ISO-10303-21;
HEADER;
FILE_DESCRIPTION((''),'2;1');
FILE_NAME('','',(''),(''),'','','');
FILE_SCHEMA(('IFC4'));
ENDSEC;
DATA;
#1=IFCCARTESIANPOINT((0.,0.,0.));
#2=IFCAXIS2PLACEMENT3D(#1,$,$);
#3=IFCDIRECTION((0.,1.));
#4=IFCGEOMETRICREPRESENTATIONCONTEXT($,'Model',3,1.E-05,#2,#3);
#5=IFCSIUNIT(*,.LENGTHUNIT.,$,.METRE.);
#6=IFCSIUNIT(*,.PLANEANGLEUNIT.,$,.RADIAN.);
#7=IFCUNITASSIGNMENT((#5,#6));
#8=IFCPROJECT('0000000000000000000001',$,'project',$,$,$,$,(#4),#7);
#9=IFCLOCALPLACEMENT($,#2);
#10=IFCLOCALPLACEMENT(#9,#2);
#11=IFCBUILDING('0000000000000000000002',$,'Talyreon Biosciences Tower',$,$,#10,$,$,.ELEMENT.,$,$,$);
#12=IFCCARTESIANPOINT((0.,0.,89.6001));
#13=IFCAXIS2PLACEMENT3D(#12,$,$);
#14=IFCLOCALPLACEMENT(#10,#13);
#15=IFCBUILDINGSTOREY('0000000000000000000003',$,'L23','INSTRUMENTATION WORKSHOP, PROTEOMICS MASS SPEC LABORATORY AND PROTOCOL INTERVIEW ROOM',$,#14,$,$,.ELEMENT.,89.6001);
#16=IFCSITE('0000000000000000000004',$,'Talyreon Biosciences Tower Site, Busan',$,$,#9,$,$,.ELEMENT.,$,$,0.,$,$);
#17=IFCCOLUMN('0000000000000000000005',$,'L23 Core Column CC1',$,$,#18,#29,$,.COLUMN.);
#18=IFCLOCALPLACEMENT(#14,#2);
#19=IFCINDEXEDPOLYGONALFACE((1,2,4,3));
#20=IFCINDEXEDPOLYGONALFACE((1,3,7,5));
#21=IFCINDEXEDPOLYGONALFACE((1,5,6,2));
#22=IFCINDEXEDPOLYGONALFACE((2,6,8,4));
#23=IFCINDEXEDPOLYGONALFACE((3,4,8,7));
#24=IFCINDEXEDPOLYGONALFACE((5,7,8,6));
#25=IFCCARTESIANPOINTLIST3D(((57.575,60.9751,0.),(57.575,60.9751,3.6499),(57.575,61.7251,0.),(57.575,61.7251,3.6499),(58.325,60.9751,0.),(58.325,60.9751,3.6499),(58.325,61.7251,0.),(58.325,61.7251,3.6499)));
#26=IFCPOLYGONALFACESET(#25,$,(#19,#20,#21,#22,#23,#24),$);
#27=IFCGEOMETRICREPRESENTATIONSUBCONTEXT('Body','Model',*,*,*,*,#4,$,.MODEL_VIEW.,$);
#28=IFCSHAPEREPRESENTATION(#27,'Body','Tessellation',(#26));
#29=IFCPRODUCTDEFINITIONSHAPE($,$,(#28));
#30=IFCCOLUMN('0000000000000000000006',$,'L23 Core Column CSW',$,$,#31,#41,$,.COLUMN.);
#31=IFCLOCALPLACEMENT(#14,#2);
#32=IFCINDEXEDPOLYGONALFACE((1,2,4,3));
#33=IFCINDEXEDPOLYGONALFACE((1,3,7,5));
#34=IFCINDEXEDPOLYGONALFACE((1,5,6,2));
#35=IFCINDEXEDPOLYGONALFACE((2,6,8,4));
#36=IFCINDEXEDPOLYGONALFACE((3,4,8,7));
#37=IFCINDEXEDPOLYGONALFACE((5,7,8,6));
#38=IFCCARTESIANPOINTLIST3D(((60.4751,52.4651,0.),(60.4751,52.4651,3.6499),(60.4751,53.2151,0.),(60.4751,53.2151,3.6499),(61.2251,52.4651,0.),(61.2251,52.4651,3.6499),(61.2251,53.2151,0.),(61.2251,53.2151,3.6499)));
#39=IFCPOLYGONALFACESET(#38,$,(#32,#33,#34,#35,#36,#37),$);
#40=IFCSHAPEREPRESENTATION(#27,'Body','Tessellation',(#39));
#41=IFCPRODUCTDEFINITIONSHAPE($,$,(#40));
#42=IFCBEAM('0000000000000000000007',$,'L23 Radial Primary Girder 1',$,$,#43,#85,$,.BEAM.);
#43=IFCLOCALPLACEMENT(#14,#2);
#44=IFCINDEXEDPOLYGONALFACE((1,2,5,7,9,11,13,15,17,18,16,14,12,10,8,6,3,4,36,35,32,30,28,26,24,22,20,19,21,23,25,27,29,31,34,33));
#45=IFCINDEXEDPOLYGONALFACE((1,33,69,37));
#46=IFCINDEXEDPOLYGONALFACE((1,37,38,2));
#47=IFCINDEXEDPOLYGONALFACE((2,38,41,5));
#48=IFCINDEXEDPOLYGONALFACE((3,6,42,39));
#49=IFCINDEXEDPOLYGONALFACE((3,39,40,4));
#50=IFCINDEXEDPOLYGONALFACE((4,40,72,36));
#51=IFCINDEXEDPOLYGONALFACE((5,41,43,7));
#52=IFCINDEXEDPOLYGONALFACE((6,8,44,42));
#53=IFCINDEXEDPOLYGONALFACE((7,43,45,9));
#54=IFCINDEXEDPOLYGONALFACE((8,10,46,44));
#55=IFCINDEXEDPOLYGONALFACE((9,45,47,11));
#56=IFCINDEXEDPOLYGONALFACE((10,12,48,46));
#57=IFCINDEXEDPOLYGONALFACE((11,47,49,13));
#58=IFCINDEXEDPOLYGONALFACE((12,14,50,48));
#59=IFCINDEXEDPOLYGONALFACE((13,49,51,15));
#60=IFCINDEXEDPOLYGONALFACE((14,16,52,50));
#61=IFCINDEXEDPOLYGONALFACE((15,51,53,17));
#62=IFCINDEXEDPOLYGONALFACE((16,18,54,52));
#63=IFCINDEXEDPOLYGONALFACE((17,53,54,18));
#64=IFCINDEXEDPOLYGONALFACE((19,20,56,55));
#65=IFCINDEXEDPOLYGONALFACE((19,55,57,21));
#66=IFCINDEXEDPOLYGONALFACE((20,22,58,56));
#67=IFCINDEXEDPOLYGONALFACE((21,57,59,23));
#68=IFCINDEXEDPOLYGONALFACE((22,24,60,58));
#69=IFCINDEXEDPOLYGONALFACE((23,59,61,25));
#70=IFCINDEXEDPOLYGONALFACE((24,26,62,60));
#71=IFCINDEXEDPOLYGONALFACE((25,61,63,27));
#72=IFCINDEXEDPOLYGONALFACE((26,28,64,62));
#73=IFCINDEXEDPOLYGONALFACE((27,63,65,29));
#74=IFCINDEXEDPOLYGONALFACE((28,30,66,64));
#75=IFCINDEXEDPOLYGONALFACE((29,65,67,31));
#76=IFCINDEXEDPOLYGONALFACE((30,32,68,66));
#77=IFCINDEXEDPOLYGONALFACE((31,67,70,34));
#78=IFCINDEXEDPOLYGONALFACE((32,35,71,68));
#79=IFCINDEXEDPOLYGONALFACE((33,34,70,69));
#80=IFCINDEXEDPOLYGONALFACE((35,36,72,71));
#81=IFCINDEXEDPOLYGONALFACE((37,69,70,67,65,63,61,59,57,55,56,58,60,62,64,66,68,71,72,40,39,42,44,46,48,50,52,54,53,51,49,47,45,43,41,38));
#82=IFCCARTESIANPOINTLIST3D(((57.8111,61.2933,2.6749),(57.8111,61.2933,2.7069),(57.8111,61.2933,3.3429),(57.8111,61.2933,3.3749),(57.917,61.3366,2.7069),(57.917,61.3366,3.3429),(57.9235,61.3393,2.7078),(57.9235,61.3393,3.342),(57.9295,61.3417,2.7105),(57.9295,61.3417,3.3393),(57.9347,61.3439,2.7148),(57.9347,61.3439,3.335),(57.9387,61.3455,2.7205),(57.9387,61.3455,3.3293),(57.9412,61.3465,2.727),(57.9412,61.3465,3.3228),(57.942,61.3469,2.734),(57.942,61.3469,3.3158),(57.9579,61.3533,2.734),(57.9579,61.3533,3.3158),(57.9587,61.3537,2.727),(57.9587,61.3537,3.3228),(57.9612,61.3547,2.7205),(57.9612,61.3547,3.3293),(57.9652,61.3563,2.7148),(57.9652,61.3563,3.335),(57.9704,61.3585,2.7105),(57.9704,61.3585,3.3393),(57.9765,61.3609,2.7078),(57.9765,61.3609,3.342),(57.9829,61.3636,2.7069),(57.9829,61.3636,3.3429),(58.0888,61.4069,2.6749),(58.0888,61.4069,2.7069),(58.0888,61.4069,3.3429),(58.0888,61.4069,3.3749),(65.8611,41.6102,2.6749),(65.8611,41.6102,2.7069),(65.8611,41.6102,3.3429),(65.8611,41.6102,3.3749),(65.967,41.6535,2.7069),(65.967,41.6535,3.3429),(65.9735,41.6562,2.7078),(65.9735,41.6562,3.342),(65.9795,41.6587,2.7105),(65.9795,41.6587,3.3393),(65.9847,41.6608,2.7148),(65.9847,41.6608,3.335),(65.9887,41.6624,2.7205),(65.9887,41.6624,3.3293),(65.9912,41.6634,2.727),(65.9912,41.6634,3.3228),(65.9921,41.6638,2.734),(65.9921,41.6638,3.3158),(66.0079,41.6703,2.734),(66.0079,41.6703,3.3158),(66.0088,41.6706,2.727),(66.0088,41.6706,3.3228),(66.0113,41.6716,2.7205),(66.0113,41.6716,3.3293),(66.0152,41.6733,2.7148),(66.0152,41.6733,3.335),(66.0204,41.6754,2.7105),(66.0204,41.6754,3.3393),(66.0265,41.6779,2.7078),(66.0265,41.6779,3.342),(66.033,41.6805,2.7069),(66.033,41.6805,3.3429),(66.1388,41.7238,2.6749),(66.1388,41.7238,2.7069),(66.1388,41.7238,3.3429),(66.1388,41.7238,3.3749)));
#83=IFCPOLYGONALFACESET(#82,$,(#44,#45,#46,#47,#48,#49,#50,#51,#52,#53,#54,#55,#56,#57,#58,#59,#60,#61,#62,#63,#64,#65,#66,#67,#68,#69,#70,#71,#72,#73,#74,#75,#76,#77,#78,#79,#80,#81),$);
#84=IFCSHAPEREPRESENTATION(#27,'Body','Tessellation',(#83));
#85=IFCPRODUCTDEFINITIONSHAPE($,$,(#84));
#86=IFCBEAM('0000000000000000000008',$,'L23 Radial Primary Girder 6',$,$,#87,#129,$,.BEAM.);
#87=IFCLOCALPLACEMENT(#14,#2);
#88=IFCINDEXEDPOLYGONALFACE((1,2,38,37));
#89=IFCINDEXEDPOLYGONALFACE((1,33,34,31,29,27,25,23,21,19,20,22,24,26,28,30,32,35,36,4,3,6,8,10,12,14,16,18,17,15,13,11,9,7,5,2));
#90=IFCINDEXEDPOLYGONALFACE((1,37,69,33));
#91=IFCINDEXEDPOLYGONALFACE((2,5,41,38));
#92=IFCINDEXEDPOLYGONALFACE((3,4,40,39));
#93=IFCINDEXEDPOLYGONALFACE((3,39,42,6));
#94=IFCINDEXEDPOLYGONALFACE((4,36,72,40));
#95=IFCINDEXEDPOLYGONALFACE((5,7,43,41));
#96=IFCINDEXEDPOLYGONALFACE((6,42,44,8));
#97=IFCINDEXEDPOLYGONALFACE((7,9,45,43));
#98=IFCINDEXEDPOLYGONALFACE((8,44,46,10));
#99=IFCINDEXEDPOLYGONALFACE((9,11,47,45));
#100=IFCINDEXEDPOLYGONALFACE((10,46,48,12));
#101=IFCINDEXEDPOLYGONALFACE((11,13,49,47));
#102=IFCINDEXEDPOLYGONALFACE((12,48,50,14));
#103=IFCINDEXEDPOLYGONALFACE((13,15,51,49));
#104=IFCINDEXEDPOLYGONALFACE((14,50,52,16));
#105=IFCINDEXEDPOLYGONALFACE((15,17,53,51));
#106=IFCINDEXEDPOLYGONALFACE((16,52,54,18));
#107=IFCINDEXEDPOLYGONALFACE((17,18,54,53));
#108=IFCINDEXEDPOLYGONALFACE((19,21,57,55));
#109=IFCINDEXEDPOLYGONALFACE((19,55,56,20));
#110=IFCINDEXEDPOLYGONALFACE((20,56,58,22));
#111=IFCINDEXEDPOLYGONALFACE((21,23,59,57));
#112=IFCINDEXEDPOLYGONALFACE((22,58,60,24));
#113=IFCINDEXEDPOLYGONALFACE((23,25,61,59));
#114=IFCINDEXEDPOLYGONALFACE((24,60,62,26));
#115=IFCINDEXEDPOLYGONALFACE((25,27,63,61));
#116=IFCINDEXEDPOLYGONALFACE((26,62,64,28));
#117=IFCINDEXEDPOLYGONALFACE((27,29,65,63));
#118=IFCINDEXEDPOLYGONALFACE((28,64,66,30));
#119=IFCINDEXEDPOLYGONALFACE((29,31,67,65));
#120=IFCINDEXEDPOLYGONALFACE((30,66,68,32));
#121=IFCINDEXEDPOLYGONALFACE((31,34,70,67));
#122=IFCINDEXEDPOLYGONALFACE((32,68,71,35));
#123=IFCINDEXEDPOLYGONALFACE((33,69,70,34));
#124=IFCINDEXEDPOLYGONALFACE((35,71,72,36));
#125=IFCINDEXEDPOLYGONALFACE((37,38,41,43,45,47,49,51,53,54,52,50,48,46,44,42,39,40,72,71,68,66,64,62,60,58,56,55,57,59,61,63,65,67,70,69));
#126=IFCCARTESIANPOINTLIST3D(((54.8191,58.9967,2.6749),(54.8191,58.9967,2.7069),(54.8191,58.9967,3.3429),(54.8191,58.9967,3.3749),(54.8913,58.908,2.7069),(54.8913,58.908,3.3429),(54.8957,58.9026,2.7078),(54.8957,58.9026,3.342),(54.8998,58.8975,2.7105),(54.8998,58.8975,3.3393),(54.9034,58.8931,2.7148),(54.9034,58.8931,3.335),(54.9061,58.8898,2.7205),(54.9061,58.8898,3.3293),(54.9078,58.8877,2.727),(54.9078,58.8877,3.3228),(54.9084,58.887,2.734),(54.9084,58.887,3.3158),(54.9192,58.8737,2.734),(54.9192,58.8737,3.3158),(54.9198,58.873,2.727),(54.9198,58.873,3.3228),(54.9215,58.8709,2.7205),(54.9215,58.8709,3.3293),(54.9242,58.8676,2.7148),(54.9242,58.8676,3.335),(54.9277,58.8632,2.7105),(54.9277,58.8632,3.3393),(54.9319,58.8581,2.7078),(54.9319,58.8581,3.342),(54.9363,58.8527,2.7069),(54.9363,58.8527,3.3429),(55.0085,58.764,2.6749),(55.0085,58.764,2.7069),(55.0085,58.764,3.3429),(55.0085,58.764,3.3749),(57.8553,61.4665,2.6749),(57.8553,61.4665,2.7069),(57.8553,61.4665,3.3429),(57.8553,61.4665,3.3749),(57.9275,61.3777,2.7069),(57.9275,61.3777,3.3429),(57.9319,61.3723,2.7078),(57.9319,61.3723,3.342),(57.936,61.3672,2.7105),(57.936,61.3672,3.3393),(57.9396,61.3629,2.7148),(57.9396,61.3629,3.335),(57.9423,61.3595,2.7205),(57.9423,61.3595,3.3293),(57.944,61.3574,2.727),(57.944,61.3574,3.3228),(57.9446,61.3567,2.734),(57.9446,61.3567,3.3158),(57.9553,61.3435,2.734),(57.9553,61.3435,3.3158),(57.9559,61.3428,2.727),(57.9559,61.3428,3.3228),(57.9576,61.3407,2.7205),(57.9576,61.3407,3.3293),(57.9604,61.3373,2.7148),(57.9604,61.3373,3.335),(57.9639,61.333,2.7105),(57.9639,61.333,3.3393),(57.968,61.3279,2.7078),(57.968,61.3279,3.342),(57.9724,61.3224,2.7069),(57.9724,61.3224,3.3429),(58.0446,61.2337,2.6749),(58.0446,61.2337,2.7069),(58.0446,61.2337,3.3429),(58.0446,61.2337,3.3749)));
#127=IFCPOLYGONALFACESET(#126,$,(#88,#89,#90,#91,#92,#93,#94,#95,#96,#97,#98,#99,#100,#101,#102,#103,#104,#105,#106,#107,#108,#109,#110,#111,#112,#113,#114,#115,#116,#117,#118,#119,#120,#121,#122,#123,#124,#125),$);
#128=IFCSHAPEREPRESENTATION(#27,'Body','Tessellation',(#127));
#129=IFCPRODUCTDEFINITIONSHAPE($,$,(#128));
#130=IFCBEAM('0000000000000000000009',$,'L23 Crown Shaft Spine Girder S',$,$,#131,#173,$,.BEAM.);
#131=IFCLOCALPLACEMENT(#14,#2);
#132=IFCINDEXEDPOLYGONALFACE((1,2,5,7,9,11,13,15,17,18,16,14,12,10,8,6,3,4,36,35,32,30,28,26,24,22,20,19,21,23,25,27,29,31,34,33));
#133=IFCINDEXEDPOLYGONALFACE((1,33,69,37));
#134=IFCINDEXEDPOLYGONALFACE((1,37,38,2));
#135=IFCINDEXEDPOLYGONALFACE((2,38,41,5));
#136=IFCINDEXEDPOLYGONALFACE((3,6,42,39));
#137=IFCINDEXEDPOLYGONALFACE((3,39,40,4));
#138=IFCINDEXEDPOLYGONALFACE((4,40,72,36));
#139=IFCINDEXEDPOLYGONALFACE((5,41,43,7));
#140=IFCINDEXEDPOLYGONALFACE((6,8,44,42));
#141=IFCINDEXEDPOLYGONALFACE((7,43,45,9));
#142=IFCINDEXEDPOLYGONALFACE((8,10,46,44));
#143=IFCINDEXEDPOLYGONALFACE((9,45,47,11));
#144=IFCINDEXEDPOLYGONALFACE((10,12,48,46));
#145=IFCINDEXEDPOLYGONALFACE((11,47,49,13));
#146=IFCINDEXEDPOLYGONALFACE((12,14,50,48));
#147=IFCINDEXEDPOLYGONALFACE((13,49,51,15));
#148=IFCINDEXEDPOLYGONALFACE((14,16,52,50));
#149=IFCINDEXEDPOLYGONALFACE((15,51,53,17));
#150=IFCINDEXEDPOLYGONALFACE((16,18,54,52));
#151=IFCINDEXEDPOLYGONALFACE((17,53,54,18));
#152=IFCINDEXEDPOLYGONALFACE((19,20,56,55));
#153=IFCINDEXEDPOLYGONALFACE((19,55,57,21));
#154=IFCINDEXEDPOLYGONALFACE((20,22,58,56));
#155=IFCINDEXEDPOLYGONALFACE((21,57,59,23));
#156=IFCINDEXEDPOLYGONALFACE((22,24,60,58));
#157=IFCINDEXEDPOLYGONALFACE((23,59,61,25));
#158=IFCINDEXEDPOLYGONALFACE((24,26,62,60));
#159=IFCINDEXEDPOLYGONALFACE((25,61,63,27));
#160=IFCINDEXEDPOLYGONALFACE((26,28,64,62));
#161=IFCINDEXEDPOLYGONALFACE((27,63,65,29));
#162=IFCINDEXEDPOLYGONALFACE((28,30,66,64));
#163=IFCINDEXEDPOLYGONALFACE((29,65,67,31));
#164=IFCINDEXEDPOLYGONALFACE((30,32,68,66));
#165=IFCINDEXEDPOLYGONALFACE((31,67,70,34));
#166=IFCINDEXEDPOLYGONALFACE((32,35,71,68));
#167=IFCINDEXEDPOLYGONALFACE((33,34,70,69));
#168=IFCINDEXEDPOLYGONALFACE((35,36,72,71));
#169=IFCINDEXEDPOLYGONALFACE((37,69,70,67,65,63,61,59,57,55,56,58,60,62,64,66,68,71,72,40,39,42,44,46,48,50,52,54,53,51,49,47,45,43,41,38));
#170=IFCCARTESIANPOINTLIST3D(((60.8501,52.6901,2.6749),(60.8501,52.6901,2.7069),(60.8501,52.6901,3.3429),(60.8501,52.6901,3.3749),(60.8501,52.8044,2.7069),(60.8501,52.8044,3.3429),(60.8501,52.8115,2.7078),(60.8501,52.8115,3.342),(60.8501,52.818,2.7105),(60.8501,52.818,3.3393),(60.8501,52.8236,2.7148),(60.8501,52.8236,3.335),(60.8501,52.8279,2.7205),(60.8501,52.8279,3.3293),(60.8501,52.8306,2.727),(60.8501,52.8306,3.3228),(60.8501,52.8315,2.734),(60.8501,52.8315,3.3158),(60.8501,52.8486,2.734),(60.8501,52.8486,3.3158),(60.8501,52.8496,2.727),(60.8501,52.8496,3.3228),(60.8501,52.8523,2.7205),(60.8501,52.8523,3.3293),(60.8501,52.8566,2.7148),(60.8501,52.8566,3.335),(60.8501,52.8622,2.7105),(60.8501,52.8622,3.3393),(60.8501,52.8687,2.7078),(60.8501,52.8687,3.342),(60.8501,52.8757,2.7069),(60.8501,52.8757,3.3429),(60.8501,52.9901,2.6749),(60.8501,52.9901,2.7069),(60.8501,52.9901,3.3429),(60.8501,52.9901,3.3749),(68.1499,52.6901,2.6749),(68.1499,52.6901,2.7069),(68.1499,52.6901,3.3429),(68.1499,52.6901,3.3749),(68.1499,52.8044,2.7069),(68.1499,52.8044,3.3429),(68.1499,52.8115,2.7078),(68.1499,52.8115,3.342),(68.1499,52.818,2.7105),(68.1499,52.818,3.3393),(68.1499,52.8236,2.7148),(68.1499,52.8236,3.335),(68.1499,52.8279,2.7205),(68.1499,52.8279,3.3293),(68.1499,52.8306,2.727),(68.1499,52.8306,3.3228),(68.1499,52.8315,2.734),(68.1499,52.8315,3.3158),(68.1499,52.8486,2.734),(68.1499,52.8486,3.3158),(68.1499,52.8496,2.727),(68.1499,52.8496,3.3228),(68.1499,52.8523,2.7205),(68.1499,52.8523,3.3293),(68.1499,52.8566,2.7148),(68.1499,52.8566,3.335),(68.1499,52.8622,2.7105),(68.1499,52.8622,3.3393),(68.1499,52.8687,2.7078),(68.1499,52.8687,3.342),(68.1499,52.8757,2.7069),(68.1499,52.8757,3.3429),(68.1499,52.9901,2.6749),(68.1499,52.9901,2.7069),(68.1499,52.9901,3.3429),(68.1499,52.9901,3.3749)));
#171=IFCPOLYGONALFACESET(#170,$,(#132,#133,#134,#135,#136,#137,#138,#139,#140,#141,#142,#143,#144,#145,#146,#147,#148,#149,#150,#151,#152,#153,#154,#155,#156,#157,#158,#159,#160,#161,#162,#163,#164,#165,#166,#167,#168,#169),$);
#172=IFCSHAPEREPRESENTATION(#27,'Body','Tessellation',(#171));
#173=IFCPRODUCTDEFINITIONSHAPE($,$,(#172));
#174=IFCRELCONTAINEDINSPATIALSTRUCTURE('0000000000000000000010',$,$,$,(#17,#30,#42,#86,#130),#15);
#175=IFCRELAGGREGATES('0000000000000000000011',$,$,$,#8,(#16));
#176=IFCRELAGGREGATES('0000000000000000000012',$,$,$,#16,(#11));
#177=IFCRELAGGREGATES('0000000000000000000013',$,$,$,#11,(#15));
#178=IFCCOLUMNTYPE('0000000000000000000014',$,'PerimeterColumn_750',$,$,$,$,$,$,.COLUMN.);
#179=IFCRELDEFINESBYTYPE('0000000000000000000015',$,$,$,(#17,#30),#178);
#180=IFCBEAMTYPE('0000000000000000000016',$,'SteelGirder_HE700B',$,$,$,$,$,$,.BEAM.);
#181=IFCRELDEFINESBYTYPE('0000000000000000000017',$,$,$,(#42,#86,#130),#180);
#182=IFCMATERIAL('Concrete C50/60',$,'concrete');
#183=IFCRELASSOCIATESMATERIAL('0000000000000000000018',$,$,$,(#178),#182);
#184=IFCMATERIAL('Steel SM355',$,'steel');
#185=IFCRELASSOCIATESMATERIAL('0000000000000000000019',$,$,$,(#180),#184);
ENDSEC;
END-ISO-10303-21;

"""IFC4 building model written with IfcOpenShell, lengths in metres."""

from ifc_helpers import new_model, si_unit, direction, frame, origin, origin_2d, place, context, subcontext, project, spatial, rectangle, i_section, extrude, material, material_profile, profile_set, type_object, element, save


model = new_model("IFC4")

# Units and contexts
model_context = context("Model", 3, precision=1e-05, world=origin(), true_north=direction((0.0, 1.0)))
body_context = subcontext(model_context, "Body", "Model", "MODEL_VIEW")
ifc_project = project(units=[si_unit("LENGTHUNIT", "METRE"), si_unit("PLANEANGLEUNIT", "RADIAN")], contexts=[model_context])

# Site, building, storey
site_placement = place(None, origin())
site = spatial("IfcSite", under=ifc_project, at=site_placement, Name="Talyreon Biosciences Tower Site, Busan", CompositionType="ELEMENT", RefElevation=0.0)
building_placement = place(site_placement, origin())
building = spatial("IfcBuilding", under=site, at=building_placement, Name="Talyreon Biosciences Tower", CompositionType="ELEMENT")
storey_placement = place(building_placement, frame((0.0, 0.0, 89.6001)))
storey = spatial("IfcBuildingStorey", under=building, at=storey_placement, Name="L23", Description="INSTRUMENTATION WORKSHOP, PROTEOMICS MASS SPEC LABORATORY AND PROTOCOL INTERVIEW ROOM", CompositionType="ELEMENT", Elevation=89.6001)

# Columns
ifc_material_1 = material(Name="Concrete C50/60", Category="concrete")
ifc_material_profile_1 = material_profile(ifc_material_1, rectangle(XDim=0.75, YDim=0.75, at=origin_2d()), Name="RC 750x750")
ifc_profile_set_1 = profile_set([ifc_material_profile_1], Name="Concrete C50/60")
column_type = type_object("IfcColumnType", Name="PerimeterColumn_750", PredefinedType="COLUMN", material=ifc_profile_set_1)
for number, where, z_axis, x_axis, name in (
    (1, (57.95, 61.3501, 0.0), (0.0, 0.0, 1.0), (1.0, 0.0, 0.0), "L23 Core Column CC1"),
    (2, (60.8501, 52.8401, 0.0), (0.0, 0.0, 1.0), (1.0, 0.0, 0.0), "L23 Core Column CSW"),
):
    element("IfcColumn", number, at=place(storey_placement, frame(where, z_axis=z_axis, x_axis=x_axis)), inside=storey, type_object=column_type, Name=name, PredefinedType="COLUMN", context=body_context, shape_type="SweptSolid", body=[
        extrude(rectangle(XDim=0.75, YDim=0.75, at=origin_2d()), origin(), (0.0, 0.0, 1.0), 3.6499),
    ])

# Beams
ifc_material_2 = material(Name="Steel SM355", Category="steel")
ifc_material_profile_2 = material_profile(ifc_material_2, i_section(OverallWidth=0.3, OverallDepth=0.7, WebThickness=0.0171, FlangeThickness=0.032, FilletRadius=0.0271, at=origin_2d()), Name="HE700B")
ifc_profile_set_2 = profile_set([ifc_material_profile_2], Name="Steel SM355")
beam_type = type_object("IfcBeamType", Name="SteelGirder_HE700B", PredefinedType="BEAM", material=ifc_profile_set_2)
beam_1_placement = place(storey_placement, frame((57.95, 61.3501, 3.0249), z_axis=(0.378547, -0.925582, 0.0), x_axis=(0.925582, 0.378547, 0.0)))
element("IfcBeam", 3, at=beam_1_placement, inside=storey, type_object=beam_type, Name="L23 Radial Primary Girder 1", PredefinedType="BEAM", context=body_context, shape_type="SweptSolid", body=[
    extrude(i_section(OverallWidth=0.3, OverallDepth=0.7, WebThickness=0.0171, FlangeThickness=0.032, FilletRadius=0.0271, at=origin_2d()), origin(), (0.0, 0.0, 1.0), 21.2656),
])
beam_2_placement = place(storey_placement, frame((57.95, 61.3501, 3.0249), z_axis=(-0.775755, -0.631034, 0.0), x_axis=(0.631034, -0.775755, 0.0)))
element("IfcBeam", 4, at=beam_2_placement, inside=storey, type_object=beam_type, Name="L23 Radial Primary Girder 6", PredefinedType="BEAM", context=body_context, shape_type="SweptSolid", body=[
    extrude(i_section(OverallWidth=0.3, OverallDepth=0.7, WebThickness=0.0171, FlangeThickness=0.032, FilletRadius=0.0271, at=origin_2d()), origin(), (0.0, 0.0, 1.0), 3.9138),
])
beam_3_placement = place(storey_placement, frame((60.8501, 52.8401, 3.0249), z_axis=(1.0, 0.0, 0.0), x_axis=(0.0, 1.0, 0.0)))
element("IfcBeam", 5, at=beam_3_placement, inside=storey, type_object=beam_type, Name="L23 Crown Shaft Spine Girder S", PredefinedType="BEAM", context=body_context, shape_type="SweptSolid", body=[
    extrude(i_section(OverallWidth=0.3, OverallDepth=0.7, WebThickness=0.0171, FlangeThickness=0.032, FilletRadius=0.0271, at=origin_2d()), origin(), (0.0, 0.0, 1.0), 7.2998),
])

save(model, "model.ifc")
